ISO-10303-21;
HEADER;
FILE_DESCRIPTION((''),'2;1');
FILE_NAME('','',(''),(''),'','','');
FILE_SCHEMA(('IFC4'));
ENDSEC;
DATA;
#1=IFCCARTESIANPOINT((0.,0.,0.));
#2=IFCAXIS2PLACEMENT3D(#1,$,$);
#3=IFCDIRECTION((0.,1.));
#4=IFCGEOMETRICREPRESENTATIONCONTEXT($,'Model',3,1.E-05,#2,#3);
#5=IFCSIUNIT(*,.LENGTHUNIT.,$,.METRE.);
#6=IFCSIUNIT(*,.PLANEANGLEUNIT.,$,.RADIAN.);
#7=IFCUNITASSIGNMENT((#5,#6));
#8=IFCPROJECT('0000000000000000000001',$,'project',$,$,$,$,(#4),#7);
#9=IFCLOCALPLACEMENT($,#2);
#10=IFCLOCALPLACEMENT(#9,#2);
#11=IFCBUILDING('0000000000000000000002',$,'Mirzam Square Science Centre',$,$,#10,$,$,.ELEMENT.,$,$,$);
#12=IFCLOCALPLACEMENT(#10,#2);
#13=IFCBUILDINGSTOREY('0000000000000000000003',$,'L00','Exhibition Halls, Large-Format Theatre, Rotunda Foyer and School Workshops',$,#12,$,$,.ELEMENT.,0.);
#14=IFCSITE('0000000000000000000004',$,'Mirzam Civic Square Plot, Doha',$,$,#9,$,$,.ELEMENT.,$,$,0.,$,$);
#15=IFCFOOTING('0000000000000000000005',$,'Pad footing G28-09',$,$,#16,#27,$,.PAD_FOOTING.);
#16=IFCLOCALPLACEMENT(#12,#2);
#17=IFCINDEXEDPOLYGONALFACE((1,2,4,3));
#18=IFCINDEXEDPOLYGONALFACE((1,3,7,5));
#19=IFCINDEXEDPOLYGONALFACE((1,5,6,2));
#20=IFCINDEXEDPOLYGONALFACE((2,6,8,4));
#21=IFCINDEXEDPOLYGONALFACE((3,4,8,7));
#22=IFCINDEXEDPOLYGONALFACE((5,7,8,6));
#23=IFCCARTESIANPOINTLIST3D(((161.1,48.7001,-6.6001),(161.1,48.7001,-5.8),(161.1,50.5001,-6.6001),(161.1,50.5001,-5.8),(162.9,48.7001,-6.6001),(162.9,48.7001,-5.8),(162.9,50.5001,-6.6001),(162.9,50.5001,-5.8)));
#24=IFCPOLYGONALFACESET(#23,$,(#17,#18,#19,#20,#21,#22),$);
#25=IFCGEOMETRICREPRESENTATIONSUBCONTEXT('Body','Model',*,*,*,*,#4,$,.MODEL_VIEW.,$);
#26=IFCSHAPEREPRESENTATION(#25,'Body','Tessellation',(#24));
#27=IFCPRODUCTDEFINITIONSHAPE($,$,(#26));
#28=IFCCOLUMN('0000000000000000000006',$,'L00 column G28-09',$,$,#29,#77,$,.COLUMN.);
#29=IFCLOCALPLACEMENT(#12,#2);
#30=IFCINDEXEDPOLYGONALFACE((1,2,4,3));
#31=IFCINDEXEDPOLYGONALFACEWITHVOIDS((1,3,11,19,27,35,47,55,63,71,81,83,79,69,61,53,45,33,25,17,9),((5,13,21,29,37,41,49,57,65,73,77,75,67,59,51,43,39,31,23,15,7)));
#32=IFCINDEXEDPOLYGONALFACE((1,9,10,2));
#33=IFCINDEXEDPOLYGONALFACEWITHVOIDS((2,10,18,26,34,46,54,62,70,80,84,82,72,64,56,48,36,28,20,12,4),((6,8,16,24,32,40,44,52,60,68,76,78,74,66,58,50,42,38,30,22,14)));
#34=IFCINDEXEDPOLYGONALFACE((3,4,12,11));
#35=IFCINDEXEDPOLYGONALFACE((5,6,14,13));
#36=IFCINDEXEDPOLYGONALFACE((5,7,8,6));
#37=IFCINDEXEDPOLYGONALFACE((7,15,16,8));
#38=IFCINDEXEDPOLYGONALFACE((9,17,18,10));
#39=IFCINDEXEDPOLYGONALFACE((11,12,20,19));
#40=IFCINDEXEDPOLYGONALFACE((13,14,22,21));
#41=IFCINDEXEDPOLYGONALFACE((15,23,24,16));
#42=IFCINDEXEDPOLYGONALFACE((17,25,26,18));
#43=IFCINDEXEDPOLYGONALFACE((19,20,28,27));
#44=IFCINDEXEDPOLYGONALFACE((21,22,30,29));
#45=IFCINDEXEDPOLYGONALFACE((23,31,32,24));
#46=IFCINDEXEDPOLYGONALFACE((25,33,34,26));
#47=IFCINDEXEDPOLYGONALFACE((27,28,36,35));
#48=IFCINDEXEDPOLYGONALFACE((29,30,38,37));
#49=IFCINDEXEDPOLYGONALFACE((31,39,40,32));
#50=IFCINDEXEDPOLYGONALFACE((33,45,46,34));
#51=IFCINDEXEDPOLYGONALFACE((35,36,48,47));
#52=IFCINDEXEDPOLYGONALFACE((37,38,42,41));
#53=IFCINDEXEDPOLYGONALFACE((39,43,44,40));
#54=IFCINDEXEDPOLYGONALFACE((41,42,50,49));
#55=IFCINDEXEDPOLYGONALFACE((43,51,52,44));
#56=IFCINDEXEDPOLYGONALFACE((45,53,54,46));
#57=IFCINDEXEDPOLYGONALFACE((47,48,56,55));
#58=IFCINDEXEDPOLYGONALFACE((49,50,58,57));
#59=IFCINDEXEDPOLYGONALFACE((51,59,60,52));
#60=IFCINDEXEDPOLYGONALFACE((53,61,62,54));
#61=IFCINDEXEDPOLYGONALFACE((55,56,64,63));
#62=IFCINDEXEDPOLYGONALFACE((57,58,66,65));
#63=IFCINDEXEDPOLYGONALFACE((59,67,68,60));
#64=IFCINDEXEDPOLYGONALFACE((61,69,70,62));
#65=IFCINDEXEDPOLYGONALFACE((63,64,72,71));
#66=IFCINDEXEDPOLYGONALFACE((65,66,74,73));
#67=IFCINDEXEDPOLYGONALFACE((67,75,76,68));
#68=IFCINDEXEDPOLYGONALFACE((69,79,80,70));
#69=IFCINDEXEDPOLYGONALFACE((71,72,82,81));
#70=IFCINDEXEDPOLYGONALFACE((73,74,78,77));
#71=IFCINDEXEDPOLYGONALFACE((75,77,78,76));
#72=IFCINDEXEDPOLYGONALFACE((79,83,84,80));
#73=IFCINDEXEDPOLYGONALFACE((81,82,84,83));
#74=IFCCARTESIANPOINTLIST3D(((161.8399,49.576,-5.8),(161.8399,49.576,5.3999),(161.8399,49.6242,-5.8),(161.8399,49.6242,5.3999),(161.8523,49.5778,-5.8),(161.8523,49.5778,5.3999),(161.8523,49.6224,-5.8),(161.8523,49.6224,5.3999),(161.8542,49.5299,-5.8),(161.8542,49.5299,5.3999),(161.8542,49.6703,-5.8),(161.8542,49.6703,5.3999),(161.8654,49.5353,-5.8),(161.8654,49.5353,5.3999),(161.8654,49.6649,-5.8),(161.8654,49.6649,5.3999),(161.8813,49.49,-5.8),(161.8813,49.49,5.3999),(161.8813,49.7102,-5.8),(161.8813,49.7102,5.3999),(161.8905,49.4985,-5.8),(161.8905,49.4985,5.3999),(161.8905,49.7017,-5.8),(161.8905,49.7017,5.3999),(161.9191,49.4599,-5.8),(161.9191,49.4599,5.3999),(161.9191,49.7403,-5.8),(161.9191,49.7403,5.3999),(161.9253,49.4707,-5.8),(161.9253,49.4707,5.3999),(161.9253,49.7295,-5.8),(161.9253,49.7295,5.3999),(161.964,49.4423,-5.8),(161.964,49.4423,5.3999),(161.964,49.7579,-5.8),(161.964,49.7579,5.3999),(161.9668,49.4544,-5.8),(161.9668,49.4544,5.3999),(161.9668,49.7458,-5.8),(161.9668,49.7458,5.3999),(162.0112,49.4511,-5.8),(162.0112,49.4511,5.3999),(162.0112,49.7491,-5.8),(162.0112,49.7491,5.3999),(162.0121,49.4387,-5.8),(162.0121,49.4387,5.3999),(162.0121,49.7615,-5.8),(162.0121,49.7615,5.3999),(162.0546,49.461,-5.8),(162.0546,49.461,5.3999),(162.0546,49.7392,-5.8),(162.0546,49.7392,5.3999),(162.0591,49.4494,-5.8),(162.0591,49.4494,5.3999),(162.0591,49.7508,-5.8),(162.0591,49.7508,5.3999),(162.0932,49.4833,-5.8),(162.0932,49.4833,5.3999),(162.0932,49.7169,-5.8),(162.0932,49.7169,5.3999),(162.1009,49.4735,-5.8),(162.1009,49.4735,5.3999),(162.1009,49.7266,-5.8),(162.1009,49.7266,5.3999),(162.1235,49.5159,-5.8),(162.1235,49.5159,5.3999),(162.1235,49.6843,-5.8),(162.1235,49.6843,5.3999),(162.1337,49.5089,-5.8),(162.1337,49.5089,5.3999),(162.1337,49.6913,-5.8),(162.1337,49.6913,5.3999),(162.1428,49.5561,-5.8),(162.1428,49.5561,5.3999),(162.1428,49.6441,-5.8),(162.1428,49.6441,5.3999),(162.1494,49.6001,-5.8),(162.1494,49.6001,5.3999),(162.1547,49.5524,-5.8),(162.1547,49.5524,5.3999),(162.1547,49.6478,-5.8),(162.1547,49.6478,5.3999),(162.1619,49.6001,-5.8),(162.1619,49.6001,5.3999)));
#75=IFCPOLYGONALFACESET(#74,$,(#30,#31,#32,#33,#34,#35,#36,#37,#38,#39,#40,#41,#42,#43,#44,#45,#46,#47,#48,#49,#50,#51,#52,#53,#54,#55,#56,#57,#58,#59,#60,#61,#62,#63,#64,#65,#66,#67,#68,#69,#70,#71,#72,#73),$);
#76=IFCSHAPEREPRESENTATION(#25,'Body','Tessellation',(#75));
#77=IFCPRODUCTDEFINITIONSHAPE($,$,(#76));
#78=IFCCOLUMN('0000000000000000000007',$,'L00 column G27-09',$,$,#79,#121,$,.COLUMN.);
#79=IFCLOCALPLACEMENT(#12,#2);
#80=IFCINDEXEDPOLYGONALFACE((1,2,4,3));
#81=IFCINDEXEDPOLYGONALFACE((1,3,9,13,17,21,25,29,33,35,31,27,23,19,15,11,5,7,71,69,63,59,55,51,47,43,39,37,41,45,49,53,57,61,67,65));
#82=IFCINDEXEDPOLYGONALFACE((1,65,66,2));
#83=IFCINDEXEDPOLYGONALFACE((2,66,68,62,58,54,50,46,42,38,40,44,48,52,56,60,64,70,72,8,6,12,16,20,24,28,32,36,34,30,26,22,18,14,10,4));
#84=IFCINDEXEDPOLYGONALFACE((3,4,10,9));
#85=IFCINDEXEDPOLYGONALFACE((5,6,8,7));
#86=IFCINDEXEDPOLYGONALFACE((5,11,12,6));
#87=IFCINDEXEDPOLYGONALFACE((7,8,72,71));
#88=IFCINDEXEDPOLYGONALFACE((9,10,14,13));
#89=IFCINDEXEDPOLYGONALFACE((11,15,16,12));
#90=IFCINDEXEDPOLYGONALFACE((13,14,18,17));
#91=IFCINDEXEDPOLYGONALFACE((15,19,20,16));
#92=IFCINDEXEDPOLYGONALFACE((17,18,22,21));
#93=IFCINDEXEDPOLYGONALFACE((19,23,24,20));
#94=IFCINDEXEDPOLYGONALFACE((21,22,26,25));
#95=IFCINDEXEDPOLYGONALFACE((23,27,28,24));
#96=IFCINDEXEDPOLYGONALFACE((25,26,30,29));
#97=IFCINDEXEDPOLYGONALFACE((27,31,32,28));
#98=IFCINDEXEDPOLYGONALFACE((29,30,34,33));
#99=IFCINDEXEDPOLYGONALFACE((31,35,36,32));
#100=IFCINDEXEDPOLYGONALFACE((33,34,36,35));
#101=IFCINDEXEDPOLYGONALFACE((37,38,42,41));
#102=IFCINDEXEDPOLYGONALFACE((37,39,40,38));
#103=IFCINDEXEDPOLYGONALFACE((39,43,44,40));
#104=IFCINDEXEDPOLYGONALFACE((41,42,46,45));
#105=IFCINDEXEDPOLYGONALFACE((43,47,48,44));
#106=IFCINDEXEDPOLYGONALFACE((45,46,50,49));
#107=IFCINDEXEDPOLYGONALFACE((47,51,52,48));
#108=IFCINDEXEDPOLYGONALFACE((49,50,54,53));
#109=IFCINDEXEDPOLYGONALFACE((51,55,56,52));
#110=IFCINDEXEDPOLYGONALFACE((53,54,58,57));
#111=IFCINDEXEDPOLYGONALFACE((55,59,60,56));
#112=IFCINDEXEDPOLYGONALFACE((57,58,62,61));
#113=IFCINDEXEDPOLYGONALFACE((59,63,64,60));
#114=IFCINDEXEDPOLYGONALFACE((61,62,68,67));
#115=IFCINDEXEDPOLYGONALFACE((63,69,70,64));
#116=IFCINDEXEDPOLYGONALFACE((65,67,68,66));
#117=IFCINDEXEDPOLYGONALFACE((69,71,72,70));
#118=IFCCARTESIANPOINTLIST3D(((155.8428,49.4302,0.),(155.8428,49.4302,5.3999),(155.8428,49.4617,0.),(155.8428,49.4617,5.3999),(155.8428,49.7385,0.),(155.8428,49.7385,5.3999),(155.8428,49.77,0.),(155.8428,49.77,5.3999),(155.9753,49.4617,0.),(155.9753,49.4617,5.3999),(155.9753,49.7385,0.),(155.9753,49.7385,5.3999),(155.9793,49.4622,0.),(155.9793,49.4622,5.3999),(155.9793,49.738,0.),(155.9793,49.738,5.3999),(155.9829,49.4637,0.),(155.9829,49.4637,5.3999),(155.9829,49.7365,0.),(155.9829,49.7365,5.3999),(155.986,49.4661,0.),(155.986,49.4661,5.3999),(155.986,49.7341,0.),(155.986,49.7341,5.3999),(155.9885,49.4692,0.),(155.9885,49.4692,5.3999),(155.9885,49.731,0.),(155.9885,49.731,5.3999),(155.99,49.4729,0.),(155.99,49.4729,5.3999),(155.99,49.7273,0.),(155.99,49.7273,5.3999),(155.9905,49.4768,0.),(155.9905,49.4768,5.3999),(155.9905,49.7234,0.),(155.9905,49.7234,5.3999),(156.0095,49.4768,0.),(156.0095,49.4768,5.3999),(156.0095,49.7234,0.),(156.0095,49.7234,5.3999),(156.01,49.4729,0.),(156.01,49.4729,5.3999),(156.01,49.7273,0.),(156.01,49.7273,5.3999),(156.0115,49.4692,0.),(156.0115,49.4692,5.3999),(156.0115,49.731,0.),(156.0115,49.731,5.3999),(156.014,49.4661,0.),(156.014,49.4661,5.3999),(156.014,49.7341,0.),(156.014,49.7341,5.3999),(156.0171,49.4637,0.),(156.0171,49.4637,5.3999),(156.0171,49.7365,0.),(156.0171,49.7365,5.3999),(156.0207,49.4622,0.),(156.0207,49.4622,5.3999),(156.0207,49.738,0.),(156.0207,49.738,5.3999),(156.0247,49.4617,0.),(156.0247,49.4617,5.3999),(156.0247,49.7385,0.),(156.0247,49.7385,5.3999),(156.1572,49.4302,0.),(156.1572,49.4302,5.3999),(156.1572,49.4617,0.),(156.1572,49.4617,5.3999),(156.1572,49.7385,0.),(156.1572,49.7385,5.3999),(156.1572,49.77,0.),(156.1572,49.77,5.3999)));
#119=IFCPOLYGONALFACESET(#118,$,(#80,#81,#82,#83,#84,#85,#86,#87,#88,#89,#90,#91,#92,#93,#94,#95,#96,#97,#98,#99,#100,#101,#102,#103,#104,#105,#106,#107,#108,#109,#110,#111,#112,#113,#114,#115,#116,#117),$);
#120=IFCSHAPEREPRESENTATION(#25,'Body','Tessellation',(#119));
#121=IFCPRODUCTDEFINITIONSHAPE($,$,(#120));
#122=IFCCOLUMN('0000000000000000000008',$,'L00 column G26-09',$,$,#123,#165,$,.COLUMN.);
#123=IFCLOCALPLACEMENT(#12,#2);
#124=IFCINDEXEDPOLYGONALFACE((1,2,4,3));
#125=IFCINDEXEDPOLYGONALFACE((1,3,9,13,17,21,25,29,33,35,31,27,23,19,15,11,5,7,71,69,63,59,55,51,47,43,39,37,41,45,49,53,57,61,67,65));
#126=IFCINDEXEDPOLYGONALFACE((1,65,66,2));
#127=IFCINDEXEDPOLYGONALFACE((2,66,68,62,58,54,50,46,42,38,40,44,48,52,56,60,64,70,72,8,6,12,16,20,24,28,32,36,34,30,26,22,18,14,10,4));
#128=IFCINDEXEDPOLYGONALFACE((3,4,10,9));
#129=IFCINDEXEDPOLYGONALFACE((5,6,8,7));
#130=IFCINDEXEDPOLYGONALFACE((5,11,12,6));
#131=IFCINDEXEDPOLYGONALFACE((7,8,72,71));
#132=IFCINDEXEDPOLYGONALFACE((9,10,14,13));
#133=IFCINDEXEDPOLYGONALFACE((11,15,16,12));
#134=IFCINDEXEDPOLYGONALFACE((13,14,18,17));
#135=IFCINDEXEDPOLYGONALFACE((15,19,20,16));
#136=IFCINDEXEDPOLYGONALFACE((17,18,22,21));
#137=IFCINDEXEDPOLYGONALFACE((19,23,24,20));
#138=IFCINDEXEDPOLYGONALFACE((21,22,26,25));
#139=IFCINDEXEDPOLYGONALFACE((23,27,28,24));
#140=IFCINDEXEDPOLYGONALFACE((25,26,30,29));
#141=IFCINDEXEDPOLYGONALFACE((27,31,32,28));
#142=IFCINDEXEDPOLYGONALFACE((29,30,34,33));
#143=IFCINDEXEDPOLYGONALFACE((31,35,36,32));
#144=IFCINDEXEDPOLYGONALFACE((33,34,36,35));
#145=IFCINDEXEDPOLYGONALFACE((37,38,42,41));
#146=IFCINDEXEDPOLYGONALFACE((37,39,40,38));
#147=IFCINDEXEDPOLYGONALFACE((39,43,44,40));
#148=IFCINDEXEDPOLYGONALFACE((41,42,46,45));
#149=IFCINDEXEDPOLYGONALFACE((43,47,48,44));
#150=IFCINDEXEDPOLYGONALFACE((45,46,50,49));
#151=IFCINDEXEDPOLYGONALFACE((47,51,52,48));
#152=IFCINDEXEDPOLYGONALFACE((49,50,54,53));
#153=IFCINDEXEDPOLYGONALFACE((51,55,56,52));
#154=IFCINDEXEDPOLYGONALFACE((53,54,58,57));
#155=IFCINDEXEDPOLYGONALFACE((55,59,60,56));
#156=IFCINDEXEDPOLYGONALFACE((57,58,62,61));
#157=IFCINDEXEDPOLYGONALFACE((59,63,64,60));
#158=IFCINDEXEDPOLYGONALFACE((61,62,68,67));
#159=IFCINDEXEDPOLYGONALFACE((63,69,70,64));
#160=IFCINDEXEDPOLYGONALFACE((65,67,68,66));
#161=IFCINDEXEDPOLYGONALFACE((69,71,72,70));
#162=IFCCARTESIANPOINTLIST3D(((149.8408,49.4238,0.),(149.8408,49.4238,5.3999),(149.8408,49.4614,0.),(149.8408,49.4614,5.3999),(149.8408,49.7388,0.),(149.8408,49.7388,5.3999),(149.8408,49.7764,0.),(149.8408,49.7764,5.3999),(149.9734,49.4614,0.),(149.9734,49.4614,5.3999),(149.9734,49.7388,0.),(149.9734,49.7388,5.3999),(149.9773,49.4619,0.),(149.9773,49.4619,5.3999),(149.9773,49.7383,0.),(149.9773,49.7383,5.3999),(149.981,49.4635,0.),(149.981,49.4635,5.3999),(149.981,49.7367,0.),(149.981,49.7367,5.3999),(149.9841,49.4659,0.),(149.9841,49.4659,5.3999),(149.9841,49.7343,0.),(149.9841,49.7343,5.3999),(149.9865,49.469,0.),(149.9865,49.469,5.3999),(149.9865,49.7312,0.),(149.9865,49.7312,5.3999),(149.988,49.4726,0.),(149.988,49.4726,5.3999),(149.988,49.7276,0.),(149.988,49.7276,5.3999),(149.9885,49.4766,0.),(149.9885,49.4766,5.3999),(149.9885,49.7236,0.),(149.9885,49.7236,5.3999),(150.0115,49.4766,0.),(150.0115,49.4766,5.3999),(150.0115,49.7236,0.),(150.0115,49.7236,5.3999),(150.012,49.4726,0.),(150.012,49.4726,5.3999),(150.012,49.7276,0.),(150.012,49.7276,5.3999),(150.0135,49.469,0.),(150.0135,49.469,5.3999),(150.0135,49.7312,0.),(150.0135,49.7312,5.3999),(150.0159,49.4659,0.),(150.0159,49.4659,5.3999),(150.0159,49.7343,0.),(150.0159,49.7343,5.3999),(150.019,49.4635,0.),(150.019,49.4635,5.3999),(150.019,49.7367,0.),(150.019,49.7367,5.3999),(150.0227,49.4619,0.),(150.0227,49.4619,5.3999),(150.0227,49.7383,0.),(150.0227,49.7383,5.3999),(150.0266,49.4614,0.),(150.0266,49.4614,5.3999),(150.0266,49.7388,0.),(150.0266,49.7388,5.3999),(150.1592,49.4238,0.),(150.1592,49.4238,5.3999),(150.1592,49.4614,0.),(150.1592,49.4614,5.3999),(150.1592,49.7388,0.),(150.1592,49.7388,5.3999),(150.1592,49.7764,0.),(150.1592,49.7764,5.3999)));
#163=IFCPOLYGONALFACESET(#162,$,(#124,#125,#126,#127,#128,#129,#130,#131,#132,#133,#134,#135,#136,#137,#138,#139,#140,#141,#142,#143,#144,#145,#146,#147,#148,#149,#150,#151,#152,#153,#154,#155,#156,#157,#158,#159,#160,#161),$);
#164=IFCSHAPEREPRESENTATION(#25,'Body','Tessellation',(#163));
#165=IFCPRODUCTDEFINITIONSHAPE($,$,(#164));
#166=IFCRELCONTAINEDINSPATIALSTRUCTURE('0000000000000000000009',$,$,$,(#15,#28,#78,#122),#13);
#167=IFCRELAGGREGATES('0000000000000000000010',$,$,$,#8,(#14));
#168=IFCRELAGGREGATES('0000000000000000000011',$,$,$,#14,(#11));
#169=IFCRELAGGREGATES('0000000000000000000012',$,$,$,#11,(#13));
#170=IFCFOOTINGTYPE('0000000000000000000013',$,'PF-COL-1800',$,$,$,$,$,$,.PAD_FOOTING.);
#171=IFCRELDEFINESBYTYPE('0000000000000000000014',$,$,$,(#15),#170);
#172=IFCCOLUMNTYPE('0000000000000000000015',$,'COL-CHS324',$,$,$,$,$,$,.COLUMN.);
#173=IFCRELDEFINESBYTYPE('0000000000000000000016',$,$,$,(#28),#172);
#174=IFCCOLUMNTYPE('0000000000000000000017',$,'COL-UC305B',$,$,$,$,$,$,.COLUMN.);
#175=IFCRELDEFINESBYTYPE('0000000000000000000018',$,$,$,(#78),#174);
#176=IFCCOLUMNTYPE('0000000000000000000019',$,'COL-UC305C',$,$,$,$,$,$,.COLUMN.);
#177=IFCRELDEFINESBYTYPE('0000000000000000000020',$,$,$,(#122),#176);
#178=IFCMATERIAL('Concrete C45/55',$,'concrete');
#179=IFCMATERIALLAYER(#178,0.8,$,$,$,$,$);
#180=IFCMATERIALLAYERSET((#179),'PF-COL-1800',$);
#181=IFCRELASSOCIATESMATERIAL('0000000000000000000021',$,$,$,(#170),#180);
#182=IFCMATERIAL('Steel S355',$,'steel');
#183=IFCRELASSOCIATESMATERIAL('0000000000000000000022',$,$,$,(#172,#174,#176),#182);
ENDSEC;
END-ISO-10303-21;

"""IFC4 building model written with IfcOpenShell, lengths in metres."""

from ifc_helpers import new_model, si_unit, direction, frame, origin, origin_2d, place, context, subcontext, project, spatial, rectangle, hollow_circle, i_section, extrude, material, layer, layer_set, material_profile, profile_set, type_object, element, save


model = new_model("IFC4")

# Units and contexts
model_context = context("Model", 3, precision=1e-05, world=origin(), true_north=direction((0.0, 1.0)))
body_context = subcontext(model_context, "Body", "Model", "MODEL_VIEW")
ifc_project = project(units=[si_unit("LENGTHUNIT", "METRE"), si_unit("PLANEANGLEUNIT", "RADIAN")], contexts=[model_context])

# Site, building, storey
site_placement = place(None, origin())
site = spatial("IfcSite", under=ifc_project, at=site_placement, Name="Mirzam Civic Square Plot, Doha", CompositionType="ELEMENT", RefElevation=0.0)
building_placement = place(site_placement, origin())
building = spatial("IfcBuilding", under=site, at=building_placement, Name="Mirzam Square Science Centre", CompositionType="ELEMENT")
storey_placement = place(building_placement, origin())
storey = spatial("IfcBuildingStorey", under=building, at=storey_placement, Name="L00", Description="Exhibition Halls, Large-Format Theatre, Rotunda Foyer and School Workshops", CompositionType="ELEMENT", Elevation=0.0)

# Footing
ifc_material_1 = material(Name="Concrete C45/55", Category="concrete")
ifc_layer_1 = layer(ifc_material_1, 0.8)
ifc_layer_set_1 = layer_set([ifc_layer_1], Name="PF-COL-1800")
footing_type = type_object("IfcFootingType", Name="PF-COL-1800", PredefinedType="PAD_FOOTING", material=ifc_layer_set_1)
footing_placement = place(storey_placement, frame((162.0, 49.6001, -6.6001), z_axis=(0.0, 0.0, 1.0), x_axis=(1.0, 0.0, 0.0)))
element("IfcFooting", 1, at=footing_placement, inside=storey, type_object=footing_type, Name="Pad footing G28-09", PredefinedType="PAD_FOOTING", context=body_context, shape_type="SweptSolid", body=[
    extrude(rectangle(XDim=1.8, YDim=1.8, at=origin_2d()), origin(), (0.0, 0.0, 1.0), 0.8),
])

# Columns
ifc_material_2 = material(Name="Steel S355", Category="steel")
ifc_material_profile_1 = material_profile(ifc_material_2, hollow_circle(Radius=0.1619, WallThickness=0.0125, at=origin_2d()), Name="323.9x12.5CHS")
ifc_profile_set_1 = profile_set([ifc_material_profile_1], Name="Steel S355")
column_type_1 = type_object("IfcColumnType", Name="COL-CHS324", PredefinedType="COLUMN", material=ifc_profile_set_1)
column_1_placement = place(storey_placement, frame((162.0, 49.6001, -5.8), z_axis=(0.0, 0.0, 1.0), x_axis=(1.0, 0.0, 0.0)))
element("IfcColumn", 2, at=column_1_placement, inside=storey, type_object=column_type_1, Name="L00 column G28-09", PredefinedType="COLUMN", context=body_context, shape_type="SweptSolid", body=[
    extrude(hollow_circle(Radius=0.1619, WallThickness=0.0125, at=origin_2d()), origin(), (0.0, 0.0, 1.0), 11.2),
])
ifc_material_profile_2 = material_profile(ifc_material_2, i_section(OverallWidth=0.3145, OverallDepth=0.3398, WebThickness=0.019, FlangeThickness=0.0315, FilletRadius=0.0151, at=origin_2d()), Name="305x305x198UC")
ifc_profile_set_2 = profile_set([ifc_material_profile_2], Name="Steel S355")
column_type_2 = type_object("IfcColumnType", Name="COL-UC305B", PredefinedType="COLUMN", material=ifc_profile_set_2)
column_2_placement = place(storey_placement, frame((156.0, 49.6001, 0.0), z_axis=(0.0, 0.0, 1.0), x_axis=(1.0, 0.0, 0.0)))
element("IfcColumn", 3, at=column_2_placement, inside=storey, type_object=column_type_2, Name="L00 column G27-09", PredefinedType="COLUMN", context=body_context, shape_type="SweptSolid", body=[
    extrude(i_section(OverallWidth=0.3145, OverallDepth=0.3398, WebThickness=0.019, FlangeThickness=0.0315, FilletRadius=0.0151, at=origin_2d()), origin(), (0.0, 0.0, 1.0), 5.3999),
])
ifc_material_profile_3 = material_profile(ifc_material_2, i_section(OverallWidth=0.3184, OverallDepth=0.3525, WebThickness=0.0229, FlangeThickness=0.0376, FilletRadius=0.0151, at=origin_2d()), Name="305x305x240UC")
ifc_profile_set_3 = profile_set([ifc_material_profile_3], Name="Steel S355")
column_type_3 = type_object("IfcColumnType", Name="COL-UC305C", PredefinedType="COLUMN", material=ifc_profile_set_3)
column_3_placement = place(storey_placement, frame((150.0, 49.6001, 0.0), z_axis=(0.0, 0.0, 1.0), x_axis=(1.0, 0.0, 0.0)))
element("IfcColumn", 4, at=column_3_placement, inside=storey, type_object=column_type_3, Name="L00 column G26-09", PredefinedType="COLUMN", context=body_context, shape_type="SweptSolid", body=[
    extrude(i_section(OverallWidth=0.3184, OverallDepth=0.3525, WebThickness=0.0229, FlangeThickness=0.0376, FilletRadius=0.0151, at=origin_2d()), origin(), (0.0, 0.0, 1.0), 5.3999),
])

save(model, "model.ifc")
